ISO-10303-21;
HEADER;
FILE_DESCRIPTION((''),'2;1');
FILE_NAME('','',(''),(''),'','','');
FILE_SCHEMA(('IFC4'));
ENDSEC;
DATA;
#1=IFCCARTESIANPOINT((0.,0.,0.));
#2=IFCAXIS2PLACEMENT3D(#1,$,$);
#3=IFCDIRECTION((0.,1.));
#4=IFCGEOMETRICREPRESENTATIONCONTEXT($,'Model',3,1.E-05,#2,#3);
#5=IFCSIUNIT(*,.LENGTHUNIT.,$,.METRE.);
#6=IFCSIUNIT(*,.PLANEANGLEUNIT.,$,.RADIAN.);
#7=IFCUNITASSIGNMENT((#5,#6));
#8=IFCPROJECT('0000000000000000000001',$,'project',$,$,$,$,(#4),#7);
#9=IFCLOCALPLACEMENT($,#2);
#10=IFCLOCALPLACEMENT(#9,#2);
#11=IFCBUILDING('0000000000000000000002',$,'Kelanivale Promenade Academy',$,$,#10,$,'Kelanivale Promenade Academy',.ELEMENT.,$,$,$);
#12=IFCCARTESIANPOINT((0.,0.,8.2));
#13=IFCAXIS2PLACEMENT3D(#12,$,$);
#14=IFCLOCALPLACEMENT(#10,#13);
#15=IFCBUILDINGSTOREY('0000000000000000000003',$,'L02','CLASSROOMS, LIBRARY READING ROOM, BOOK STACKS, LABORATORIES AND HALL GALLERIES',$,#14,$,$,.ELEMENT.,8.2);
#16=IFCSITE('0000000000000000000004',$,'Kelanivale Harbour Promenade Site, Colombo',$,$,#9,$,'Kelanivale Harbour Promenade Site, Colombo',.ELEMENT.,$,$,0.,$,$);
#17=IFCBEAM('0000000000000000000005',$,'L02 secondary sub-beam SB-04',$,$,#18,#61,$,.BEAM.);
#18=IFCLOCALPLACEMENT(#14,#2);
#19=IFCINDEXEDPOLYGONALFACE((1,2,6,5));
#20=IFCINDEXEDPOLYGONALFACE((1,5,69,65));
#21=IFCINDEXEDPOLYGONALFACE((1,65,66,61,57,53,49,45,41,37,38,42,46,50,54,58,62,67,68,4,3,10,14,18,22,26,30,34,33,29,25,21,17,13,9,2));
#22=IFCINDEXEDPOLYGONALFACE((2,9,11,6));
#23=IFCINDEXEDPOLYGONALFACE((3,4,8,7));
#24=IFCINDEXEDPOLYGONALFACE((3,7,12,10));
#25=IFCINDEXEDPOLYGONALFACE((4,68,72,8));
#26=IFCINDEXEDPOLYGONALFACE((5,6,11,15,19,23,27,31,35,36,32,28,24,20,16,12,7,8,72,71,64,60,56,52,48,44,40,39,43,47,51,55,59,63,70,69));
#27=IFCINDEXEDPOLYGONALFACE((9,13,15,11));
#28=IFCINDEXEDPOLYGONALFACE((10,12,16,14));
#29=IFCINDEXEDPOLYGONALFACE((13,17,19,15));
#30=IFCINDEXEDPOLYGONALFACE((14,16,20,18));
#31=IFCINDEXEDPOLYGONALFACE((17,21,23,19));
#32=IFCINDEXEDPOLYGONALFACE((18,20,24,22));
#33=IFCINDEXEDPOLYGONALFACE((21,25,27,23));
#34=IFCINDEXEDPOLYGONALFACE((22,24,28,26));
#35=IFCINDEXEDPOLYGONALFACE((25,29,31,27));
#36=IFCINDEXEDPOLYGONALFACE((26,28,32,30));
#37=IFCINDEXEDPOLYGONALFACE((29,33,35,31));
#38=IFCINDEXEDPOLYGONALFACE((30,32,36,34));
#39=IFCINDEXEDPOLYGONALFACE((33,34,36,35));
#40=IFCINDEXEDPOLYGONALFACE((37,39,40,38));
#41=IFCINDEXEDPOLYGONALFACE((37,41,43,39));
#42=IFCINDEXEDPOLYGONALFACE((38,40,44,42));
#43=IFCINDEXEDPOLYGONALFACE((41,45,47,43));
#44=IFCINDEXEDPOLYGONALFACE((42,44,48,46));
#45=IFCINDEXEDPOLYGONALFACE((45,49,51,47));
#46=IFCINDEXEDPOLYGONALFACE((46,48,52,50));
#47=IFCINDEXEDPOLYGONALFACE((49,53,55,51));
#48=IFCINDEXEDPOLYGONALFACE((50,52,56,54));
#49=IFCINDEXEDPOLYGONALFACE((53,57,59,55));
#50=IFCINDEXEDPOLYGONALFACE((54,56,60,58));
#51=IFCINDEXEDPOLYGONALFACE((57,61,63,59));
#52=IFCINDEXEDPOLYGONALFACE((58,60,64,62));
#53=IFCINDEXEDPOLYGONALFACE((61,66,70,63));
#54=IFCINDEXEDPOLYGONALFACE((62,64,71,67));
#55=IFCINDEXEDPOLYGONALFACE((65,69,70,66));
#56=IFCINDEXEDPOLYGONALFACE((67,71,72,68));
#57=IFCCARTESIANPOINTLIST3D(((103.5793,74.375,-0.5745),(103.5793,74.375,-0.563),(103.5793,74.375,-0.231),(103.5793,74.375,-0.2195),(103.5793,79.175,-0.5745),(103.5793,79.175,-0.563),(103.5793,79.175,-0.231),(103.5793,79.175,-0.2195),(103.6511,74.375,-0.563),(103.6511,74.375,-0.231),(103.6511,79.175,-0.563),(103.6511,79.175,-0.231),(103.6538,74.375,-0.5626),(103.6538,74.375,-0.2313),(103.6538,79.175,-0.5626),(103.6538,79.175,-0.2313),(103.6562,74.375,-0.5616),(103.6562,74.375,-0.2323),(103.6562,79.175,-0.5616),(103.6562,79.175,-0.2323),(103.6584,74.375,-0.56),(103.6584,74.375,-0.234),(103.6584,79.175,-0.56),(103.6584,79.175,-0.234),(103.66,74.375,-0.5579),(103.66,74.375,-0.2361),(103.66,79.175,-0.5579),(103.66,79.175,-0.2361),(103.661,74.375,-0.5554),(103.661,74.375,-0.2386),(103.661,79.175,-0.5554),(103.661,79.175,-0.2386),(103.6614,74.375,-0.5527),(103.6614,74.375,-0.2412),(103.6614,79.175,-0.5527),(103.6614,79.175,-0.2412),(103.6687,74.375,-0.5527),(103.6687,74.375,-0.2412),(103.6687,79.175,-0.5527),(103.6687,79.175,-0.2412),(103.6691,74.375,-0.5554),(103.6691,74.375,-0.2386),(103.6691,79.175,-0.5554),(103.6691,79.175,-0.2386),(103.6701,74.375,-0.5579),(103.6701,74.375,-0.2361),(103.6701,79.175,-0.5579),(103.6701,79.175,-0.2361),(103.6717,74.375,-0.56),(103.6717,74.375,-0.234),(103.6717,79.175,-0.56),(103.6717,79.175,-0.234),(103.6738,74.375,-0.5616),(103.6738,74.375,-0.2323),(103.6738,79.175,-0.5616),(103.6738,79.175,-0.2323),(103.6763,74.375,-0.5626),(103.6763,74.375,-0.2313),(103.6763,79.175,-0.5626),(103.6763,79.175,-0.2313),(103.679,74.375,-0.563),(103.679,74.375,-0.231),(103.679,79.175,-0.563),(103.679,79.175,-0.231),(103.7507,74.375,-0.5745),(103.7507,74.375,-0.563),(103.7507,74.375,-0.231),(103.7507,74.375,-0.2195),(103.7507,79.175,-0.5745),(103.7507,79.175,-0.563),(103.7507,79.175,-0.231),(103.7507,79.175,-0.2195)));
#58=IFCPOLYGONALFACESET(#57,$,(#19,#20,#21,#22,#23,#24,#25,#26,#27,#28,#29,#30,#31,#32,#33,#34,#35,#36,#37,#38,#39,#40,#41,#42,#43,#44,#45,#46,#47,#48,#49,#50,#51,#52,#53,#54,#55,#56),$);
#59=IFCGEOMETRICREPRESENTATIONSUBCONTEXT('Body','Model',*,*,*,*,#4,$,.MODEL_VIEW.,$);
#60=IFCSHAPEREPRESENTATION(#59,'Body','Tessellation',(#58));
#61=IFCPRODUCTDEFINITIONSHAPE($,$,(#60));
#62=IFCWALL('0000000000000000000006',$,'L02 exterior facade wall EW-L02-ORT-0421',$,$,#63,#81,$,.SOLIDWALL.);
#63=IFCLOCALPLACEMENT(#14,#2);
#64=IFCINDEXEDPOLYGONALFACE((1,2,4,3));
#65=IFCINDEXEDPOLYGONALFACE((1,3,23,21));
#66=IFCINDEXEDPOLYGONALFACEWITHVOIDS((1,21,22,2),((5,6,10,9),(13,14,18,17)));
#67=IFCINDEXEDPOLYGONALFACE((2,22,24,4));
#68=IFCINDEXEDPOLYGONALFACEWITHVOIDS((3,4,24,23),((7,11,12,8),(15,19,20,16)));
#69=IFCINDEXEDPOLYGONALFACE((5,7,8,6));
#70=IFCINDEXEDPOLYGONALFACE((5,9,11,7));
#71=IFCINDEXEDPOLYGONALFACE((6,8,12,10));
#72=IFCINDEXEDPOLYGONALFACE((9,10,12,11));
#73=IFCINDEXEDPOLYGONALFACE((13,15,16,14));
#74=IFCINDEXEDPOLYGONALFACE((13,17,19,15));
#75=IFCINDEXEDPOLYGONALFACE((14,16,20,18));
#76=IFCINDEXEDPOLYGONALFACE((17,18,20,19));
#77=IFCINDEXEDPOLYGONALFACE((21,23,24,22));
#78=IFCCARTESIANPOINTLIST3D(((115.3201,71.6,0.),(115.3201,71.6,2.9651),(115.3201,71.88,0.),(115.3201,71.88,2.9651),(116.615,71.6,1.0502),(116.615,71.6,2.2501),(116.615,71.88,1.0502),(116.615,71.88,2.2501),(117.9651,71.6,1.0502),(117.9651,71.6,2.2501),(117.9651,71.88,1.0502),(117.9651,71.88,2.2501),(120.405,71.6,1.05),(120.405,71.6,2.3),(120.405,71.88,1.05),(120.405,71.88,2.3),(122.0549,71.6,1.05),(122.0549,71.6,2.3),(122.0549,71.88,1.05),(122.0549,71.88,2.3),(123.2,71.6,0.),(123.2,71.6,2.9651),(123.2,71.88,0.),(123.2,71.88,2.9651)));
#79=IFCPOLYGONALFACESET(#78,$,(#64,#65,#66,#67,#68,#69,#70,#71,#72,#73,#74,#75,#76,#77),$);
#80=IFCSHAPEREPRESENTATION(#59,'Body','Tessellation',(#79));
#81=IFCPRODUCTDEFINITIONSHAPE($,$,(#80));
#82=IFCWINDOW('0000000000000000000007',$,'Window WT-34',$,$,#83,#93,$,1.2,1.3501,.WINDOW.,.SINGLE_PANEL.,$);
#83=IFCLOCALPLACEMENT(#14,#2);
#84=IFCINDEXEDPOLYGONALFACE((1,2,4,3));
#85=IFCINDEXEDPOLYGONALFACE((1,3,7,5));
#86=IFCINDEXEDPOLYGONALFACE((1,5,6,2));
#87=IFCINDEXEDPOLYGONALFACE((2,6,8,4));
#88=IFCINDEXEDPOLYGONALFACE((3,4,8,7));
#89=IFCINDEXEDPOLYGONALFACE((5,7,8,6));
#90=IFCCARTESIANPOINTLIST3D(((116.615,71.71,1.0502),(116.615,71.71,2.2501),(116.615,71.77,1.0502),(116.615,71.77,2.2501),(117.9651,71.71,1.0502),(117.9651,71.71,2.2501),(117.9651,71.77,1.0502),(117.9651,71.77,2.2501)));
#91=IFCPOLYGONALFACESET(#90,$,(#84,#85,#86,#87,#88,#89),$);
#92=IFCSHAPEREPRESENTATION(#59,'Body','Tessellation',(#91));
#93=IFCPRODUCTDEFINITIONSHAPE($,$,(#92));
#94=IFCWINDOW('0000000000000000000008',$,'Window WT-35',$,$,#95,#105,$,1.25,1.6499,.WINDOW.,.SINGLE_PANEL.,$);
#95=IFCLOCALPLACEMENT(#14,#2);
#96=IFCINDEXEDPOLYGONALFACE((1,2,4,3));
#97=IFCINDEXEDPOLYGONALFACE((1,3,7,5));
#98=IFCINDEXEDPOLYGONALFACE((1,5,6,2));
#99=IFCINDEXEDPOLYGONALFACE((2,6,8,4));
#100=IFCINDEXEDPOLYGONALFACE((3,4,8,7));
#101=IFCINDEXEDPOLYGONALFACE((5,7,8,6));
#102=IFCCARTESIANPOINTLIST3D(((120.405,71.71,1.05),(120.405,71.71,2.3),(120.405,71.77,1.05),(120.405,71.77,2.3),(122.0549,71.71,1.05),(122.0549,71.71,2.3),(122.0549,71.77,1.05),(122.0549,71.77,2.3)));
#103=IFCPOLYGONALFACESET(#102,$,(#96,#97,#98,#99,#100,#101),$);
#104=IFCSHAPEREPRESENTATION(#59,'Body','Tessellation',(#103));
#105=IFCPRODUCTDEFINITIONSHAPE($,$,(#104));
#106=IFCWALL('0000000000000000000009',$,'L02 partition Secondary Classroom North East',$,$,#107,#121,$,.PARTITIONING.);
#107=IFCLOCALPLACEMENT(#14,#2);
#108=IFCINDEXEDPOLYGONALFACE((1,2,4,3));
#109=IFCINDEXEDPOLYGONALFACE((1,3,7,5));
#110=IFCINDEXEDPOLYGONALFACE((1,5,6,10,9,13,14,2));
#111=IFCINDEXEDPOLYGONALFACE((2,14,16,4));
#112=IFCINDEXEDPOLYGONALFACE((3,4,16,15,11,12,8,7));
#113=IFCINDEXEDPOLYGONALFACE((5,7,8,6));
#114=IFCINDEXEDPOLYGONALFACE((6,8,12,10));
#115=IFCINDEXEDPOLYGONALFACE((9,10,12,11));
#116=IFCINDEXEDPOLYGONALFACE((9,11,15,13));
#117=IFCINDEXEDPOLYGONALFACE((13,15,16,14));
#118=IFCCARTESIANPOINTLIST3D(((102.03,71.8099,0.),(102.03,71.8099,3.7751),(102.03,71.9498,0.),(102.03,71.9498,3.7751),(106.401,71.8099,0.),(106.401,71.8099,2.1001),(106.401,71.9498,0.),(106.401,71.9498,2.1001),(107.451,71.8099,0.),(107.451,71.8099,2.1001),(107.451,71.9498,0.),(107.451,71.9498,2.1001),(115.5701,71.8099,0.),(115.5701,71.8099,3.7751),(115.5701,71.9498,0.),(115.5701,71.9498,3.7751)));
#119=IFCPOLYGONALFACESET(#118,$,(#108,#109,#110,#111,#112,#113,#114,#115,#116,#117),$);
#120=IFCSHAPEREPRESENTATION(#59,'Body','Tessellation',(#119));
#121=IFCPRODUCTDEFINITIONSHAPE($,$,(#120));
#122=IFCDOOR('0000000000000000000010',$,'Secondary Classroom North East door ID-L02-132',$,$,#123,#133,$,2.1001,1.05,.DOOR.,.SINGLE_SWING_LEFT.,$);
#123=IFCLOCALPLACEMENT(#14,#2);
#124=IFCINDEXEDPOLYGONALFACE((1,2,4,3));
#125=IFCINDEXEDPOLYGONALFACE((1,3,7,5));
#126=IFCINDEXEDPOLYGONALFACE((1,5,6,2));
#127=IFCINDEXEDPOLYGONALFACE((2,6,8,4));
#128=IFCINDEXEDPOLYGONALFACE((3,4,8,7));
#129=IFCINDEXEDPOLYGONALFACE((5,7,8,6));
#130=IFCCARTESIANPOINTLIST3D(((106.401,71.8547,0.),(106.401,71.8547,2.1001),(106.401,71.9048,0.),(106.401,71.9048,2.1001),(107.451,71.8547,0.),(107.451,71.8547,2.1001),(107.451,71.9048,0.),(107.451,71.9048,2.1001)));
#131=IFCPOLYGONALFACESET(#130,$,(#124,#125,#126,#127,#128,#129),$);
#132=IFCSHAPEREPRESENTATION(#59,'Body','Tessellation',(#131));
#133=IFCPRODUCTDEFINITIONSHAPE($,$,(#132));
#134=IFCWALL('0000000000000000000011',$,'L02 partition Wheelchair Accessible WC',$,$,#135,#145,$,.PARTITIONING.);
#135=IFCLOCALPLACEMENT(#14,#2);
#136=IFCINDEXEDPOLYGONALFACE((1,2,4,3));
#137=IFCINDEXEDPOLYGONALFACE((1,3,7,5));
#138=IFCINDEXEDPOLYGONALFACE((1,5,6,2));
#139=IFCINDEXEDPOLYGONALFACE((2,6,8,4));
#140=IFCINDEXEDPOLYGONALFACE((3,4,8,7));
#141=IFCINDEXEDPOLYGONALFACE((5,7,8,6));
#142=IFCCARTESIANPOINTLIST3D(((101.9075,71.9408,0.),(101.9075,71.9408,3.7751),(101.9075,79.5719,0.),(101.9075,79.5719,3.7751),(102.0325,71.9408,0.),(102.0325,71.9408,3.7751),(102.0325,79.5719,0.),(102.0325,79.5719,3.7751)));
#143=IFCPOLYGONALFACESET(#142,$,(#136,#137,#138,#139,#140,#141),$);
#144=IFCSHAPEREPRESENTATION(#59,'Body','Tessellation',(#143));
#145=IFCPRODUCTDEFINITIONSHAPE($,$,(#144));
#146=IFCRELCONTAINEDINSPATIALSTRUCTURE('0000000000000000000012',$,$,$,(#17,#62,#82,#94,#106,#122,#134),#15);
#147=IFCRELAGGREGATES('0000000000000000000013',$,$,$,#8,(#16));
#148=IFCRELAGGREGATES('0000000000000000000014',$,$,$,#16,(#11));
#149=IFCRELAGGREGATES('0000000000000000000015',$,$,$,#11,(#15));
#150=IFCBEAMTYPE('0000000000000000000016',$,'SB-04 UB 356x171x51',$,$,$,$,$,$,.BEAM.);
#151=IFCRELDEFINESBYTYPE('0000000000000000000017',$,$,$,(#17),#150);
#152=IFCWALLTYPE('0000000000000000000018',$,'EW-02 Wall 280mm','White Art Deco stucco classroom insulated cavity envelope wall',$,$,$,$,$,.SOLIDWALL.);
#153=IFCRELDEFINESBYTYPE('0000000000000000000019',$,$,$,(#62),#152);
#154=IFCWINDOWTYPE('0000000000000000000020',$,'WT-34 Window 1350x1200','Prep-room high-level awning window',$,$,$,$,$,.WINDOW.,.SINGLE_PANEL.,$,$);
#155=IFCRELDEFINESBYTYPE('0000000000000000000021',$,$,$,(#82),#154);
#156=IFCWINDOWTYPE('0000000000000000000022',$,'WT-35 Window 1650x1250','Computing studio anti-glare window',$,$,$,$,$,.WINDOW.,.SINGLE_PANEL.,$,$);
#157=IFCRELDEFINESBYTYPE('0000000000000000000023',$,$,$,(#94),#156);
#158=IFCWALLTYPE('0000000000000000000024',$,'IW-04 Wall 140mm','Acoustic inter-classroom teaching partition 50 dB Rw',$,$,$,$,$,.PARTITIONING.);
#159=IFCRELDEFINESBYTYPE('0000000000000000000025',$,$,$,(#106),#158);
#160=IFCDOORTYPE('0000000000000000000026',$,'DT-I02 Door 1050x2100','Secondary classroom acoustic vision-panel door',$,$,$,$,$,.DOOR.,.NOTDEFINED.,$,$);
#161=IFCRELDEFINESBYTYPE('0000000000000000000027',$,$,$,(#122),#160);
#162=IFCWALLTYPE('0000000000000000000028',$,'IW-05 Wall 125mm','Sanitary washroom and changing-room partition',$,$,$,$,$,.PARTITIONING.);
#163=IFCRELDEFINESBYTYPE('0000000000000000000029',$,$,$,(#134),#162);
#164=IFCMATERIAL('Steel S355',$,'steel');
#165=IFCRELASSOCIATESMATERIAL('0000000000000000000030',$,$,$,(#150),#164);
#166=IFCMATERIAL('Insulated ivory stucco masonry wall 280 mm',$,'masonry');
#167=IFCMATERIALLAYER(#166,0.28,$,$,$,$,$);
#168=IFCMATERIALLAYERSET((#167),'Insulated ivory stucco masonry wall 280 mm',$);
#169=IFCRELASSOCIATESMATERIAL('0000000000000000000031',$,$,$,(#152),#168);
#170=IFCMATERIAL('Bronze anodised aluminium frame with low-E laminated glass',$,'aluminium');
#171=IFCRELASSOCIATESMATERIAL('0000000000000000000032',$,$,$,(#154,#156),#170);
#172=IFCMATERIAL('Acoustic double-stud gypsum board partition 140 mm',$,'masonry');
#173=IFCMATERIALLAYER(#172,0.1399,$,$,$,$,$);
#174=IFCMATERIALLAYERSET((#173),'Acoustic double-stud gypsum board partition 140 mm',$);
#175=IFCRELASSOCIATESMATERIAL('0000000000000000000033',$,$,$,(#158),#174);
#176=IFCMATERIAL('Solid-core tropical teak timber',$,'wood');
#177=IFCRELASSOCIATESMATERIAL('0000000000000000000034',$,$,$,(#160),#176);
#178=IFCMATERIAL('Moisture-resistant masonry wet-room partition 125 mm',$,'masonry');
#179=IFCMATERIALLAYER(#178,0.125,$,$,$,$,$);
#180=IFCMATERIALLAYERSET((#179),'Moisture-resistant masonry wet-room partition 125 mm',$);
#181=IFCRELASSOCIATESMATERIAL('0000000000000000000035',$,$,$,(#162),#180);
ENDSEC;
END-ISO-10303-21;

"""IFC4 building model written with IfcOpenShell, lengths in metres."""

from ifc_helpers import new_model, si_unit, direction, frame, frame_2d, origin, origin_2d, place, context, subcontext, project, spatial, rectangle, i_section, extrude, material, layer, layer_set, material_profile, profile_set, type_object, element, fill, save


model = new_model("IFC4")

# Units and contexts
model_context = context("Model", 3, precision=1e-05, world=origin(), true_north=direction((0.0, 1.0)))
body_context = subcontext(model_context, "Body", "Model", "MODEL_VIEW")
ifc_project = project(units=[si_unit("LENGTHUNIT", "METRE"), si_unit("PLANEANGLEUNIT", "RADIAN")], contexts=[model_context])

# Site, building, storey
site_placement = place(None, origin())
site = spatial("IfcSite", under=ifc_project, at=site_placement, Name="Kelanivale Harbour Promenade Site, Colombo", LongName="Kelanivale Harbour Promenade Site, Colombo", CompositionType="ELEMENT", RefElevation=0.0)
building_placement = place(site_placement, origin())
building = spatial("IfcBuilding", under=site, at=building_placement, Name="Kelanivale Promenade Academy", LongName="Kelanivale Promenade Academy", CompositionType="ELEMENT")
storey_placement = place(building_placement, frame((0.0, 0.0, 8.2)))
storey = spatial("IfcBuildingStorey", under=building, at=storey_placement, Name="L02", Description="CLASSROOMS, LIBRARY READING ROOM, BOOK STACKS, LABORATORIES AND HALL GALLERIES", CompositionType="ELEMENT", Elevation=8.2)

# Beam
ifc_material_1 = material(Name="Steel S355", Category="steel")
ifc_material_profile_1 = material_profile(ifc_material_1, i_section(OverallWidth=0.1714, OverallDepth=0.355, WebThickness=0.0073, FlangeThickness=0.0115, FilletRadius=0.0103, at=origin_2d()), Name="UB 356x171x51")
ifc_profile_set_1 = profile_set([ifc_material_profile_1], Name="Steel S355")
beam_type_1 = type_object("IfcBeamType", Name="SB-04 UB 356x171x51", PredefinedType="BEAM", material=ifc_profile_set_1)
beam_1_placement = place(storey_placement, frame((103.665, 74.375, -0.397), z_axis=(0.0, 1.0, 0.0), x_axis=(-1.0, 0.0, 0.0)))
element("IfcBeam", 1, at=beam_1_placement, inside=storey, type_object=beam_type_1, Name="L02 secondary sub-beam SB-04", PredefinedType="BEAM", context=body_context, shape_type="SweptSolid", body=[
    extrude(i_section(OverallWidth=0.1714, OverallDepth=0.355, WebThickness=0.0073, FlangeThickness=0.0115, FilletRadius=0.0103, at=origin_2d()), origin(), (0.0, 0.0, 1.0), 4.8),
])

# Wall, openings, windows
ifc_material_2 = material(Name="Insulated ivory stucco masonry wall 280 mm", Category="masonry")
ifc_layer_1 = layer(ifc_material_2, 0.28)
ifc_layer_set_1 = layer_set([ifc_layer_1], Name="Insulated ivory stucco masonry wall 280 mm")
wall_type_1 = type_object("IfcWallType", Name="EW-02 Wall 280mm", Description="White Art Deco stucco classroom insulated cavity envelope wall", PredefinedType="SOLIDWALL", material=ifc_layer_set_1)
wall_1_placement = place(storey_placement, frame((115.3201, 71.74, 0.0), z_axis=(0.0, 0.0, 1.0), x_axis=(1.0, 0.0, 0.0)))
wall_1 = element("IfcWall", 2, at=wall_1_placement, inside=storey, type_object=wall_type_1, Name="L02 exterior facade wall EW-L02-ORT-0421", PredefinedType="SOLIDWALL", context=body_context, shape_type="SweptSolid", body=[
    extrude(rectangle(XDim=7.8799, YDim=0.28, at=frame_2d((3.9399, 0.0))), origin(), (0.0, 0.0, 1.0), 2.9651),
])
opening_1_placement = place(wall_1_placement, frame((1.2949, 0.0, 1.05)))
opening_1 = element("IfcOpeningElement", 3, at=opening_1_placement, cuts=wall_1, PredefinedType="OPENING", context=body_context, shape_type="SweptSolid", body=[
    extrude(rectangle(XDim=1.3501, YDim=1.2, at=frame_2d((0.675, 0.6001))), frame((0.0, 0.1499, 0.0), z_axis=(0.0, -1.0, 0.0), x_axis=(1.0, 0.0, 0.0)), (0.0, 0.0, 1.0), 0.3),
])
opening_2_placement = place(wall_1_placement, frame((5.085, 0.0, 1.05)))
opening_2 = element("IfcOpeningElement", 4, at=opening_2_placement, cuts=wall_1, PredefinedType="OPENING", context=body_context, shape_type="SweptSolid", body=[
    extrude(rectangle(XDim=1.6499, YDim=1.25, at=frame_2d((0.825, 0.625))), frame((0.0, 0.1499, 0.0), z_axis=(0.0, -1.0, 0.0), x_axis=(1.0, 0.0, 0.0)), (0.0, 0.0, 1.0), 0.3),
])
ifc_material_3 = material(Name="Bronze anodised aluminium frame with low-E laminated glass", Category="aluminium")
window_type_1 = type_object("IfcWindowType", Name="WT-34 Window 1350x1200", Description="Prep-room high-level awning window", PartitioningType="SINGLE_PANEL", PredefinedType="WINDOW", material=ifc_material_3)
window_1_placement = place(opening_1_placement, origin())
window_1 = element("IfcWindow", 5, at=window_1_placement, inside=storey, type_object=window_type_1, Name="Window WT-34", OverallHeight=1.2, OverallWidth=1.3501, PartitioningType="SINGLE_PANEL", PredefinedType="WINDOW", context=body_context, shape_type="SweptSolid", body=[
    extrude(rectangle(XDim=1.3501, YDim=1.2, at=frame_2d((0.675, 0.6001))), frame((0.0, 0.03, 0.0), z_axis=(0.0, -1.0, 0.0), x_axis=(1.0, 0.0, 0.0)), (0.0, 0.0, 1.0), 0.0601),
])
fill(opening_1, window_1)
window_type_2 = type_object("IfcWindowType", Name="WT-35 Window 1650x1250", Description="Computing studio anti-glare window", PartitioningType="SINGLE_PANEL", PredefinedType="WINDOW", material=ifc_material_3)
window_2_placement = place(opening_2_placement, origin())
window_2 = element("IfcWindow", 6, at=window_2_placement, inside=storey, type_object=window_type_2, Name="Window WT-35", OverallHeight=1.25, OverallWidth=1.6499, PartitioningType="SINGLE_PANEL", PredefinedType="WINDOW", context=body_context, shape_type="SweptSolid", body=[
    extrude(rectangle(XDim=1.6499, YDim=1.25, at=frame_2d((0.825, 0.625))), frame((0.0, 0.03, 0.0), z_axis=(0.0, -1.0, 0.0), x_axis=(1.0, 0.0, 0.0)), (0.0, 0.0, 1.0), 0.0601),
])
fill(opening_2, window_2)

# Wall, opening, door
ifc_material_4 = material(Name="Acoustic double-stud gypsum board partition 140 mm", Category="masonry")
ifc_layer_2 = layer(ifc_material_4, 0.1399)
ifc_layer_set_2 = layer_set([ifc_layer_2], Name="Acoustic double-stud gypsum board partition 140 mm")
wall_type_2 = type_object("IfcWallType", Name="IW-04 Wall 140mm", Description="Acoustic inter-classroom teaching partition 50 dB Rw", PredefinedType="PARTITIONING", material=ifc_layer_set_2)
wall_2_placement = place(storey_placement, frame((102.03, 71.8799, 0.0), z_axis=(0.0, 0.0, 1.0), x_axis=(1.0, 0.0, 0.0)))
wall_2 = element("IfcWall", 7, at=wall_2_placement, inside=storey, type_object=wall_type_2, Name="L02 partition Secondary Classroom North East", PredefinedType="PARTITIONING", context=body_context, shape_type="SweptSolid", body=[
    extrude(rectangle(XDim=13.54, YDim=0.1399, at=frame_2d((6.77, 0.0))), origin(), (0.0, 0.0, 1.0), 3.7751),
])
opening_3_placement = place(wall_2_placement, frame((4.3711, 0.0, 0.0)))
opening_3 = element("IfcOpeningElement", 8, at=opening_3_placement, cuts=wall_2, PredefinedType="OPENING", context=body_context, shape_type="SweptSolid", body=[
    extrude(rectangle(XDim=1.05, YDim=2.1001, at=frame_2d((0.5249, 1.05))), frame((0.0, 0.0801, 0.0), z_axis=(0.0, -1.0, 0.0), x_axis=(1.0, 0.0, 0.0)), (0.0, 0.0, 1.0), 0.1599),
])
ifc_material_5 = material(Name="Solid-core tropical teak timber", Category="wood")
door_type_1 = type_object("IfcDoorType", Name="DT-I02 Door 1050x2100", Description="Secondary classroom acoustic vision-panel door", OperationType="NOTDEFINED", PredefinedType="DOOR", material=ifc_material_5)
door_1_placement = place(opening_3_placement, origin())
door_1 = element("IfcDoor", 9, at=door_1_placement, inside=storey, type_object=door_type_1, Name="Secondary Classroom North East door ID-L02-132", OperationType="SINGLE_SWING_LEFT", OverallHeight=2.1001, OverallWidth=1.05, PredefinedType="DOOR", context=body_context, shape_type="SweptSolid", body=[
    extrude(rectangle(XDim=1.05, YDim=2.1001, at=frame_2d((0.5249, 1.05))), frame((0.0, 0.0249, 0.0), z_axis=(0.0, -1.0, 0.0), x_axis=(1.0, 0.0, 0.0)), (0.0, 0.0, 1.0), 0.05),
])
fill(opening_3, door_1)
ifc_material_6 = material(Name="Moisture-resistant masonry wet-room partition 125 mm", Category="masonry")
ifc_layer_3 = layer(ifc_material_6, 0.125)
ifc_layer_set_3 = layer_set([ifc_layer_3], Name="Moisture-resistant masonry wet-room partition 125 mm")
wall_type_3 = type_object("IfcWallType", Name="IW-05 Wall 125mm", Description="Sanitary washroom and changing-room partition", PredefinedType="PARTITIONING", material=ifc_layer_set_3)

# Wall
wall_3_placement = place(storey_placement, frame((101.97, 71.9409, 0.0), z_axis=(0.0, 0.0, 1.0), x_axis=(0.0, 1.0, 0.0)))
element("IfcWall", 10, at=wall_3_placement, inside=storey, type_object=wall_type_3, Name="L02 partition Wheelchair Accessible WC", PredefinedType="PARTITIONING", context=body_context, shape_type="SweptSolid", body=[
    extrude(rectangle(XDim=7.6311, YDim=0.125, at=frame_2d((3.8154, 0.0))), origin(), (0.0, 0.0, 1.0), 3.7751),
])

save(model, "model.ifc")
